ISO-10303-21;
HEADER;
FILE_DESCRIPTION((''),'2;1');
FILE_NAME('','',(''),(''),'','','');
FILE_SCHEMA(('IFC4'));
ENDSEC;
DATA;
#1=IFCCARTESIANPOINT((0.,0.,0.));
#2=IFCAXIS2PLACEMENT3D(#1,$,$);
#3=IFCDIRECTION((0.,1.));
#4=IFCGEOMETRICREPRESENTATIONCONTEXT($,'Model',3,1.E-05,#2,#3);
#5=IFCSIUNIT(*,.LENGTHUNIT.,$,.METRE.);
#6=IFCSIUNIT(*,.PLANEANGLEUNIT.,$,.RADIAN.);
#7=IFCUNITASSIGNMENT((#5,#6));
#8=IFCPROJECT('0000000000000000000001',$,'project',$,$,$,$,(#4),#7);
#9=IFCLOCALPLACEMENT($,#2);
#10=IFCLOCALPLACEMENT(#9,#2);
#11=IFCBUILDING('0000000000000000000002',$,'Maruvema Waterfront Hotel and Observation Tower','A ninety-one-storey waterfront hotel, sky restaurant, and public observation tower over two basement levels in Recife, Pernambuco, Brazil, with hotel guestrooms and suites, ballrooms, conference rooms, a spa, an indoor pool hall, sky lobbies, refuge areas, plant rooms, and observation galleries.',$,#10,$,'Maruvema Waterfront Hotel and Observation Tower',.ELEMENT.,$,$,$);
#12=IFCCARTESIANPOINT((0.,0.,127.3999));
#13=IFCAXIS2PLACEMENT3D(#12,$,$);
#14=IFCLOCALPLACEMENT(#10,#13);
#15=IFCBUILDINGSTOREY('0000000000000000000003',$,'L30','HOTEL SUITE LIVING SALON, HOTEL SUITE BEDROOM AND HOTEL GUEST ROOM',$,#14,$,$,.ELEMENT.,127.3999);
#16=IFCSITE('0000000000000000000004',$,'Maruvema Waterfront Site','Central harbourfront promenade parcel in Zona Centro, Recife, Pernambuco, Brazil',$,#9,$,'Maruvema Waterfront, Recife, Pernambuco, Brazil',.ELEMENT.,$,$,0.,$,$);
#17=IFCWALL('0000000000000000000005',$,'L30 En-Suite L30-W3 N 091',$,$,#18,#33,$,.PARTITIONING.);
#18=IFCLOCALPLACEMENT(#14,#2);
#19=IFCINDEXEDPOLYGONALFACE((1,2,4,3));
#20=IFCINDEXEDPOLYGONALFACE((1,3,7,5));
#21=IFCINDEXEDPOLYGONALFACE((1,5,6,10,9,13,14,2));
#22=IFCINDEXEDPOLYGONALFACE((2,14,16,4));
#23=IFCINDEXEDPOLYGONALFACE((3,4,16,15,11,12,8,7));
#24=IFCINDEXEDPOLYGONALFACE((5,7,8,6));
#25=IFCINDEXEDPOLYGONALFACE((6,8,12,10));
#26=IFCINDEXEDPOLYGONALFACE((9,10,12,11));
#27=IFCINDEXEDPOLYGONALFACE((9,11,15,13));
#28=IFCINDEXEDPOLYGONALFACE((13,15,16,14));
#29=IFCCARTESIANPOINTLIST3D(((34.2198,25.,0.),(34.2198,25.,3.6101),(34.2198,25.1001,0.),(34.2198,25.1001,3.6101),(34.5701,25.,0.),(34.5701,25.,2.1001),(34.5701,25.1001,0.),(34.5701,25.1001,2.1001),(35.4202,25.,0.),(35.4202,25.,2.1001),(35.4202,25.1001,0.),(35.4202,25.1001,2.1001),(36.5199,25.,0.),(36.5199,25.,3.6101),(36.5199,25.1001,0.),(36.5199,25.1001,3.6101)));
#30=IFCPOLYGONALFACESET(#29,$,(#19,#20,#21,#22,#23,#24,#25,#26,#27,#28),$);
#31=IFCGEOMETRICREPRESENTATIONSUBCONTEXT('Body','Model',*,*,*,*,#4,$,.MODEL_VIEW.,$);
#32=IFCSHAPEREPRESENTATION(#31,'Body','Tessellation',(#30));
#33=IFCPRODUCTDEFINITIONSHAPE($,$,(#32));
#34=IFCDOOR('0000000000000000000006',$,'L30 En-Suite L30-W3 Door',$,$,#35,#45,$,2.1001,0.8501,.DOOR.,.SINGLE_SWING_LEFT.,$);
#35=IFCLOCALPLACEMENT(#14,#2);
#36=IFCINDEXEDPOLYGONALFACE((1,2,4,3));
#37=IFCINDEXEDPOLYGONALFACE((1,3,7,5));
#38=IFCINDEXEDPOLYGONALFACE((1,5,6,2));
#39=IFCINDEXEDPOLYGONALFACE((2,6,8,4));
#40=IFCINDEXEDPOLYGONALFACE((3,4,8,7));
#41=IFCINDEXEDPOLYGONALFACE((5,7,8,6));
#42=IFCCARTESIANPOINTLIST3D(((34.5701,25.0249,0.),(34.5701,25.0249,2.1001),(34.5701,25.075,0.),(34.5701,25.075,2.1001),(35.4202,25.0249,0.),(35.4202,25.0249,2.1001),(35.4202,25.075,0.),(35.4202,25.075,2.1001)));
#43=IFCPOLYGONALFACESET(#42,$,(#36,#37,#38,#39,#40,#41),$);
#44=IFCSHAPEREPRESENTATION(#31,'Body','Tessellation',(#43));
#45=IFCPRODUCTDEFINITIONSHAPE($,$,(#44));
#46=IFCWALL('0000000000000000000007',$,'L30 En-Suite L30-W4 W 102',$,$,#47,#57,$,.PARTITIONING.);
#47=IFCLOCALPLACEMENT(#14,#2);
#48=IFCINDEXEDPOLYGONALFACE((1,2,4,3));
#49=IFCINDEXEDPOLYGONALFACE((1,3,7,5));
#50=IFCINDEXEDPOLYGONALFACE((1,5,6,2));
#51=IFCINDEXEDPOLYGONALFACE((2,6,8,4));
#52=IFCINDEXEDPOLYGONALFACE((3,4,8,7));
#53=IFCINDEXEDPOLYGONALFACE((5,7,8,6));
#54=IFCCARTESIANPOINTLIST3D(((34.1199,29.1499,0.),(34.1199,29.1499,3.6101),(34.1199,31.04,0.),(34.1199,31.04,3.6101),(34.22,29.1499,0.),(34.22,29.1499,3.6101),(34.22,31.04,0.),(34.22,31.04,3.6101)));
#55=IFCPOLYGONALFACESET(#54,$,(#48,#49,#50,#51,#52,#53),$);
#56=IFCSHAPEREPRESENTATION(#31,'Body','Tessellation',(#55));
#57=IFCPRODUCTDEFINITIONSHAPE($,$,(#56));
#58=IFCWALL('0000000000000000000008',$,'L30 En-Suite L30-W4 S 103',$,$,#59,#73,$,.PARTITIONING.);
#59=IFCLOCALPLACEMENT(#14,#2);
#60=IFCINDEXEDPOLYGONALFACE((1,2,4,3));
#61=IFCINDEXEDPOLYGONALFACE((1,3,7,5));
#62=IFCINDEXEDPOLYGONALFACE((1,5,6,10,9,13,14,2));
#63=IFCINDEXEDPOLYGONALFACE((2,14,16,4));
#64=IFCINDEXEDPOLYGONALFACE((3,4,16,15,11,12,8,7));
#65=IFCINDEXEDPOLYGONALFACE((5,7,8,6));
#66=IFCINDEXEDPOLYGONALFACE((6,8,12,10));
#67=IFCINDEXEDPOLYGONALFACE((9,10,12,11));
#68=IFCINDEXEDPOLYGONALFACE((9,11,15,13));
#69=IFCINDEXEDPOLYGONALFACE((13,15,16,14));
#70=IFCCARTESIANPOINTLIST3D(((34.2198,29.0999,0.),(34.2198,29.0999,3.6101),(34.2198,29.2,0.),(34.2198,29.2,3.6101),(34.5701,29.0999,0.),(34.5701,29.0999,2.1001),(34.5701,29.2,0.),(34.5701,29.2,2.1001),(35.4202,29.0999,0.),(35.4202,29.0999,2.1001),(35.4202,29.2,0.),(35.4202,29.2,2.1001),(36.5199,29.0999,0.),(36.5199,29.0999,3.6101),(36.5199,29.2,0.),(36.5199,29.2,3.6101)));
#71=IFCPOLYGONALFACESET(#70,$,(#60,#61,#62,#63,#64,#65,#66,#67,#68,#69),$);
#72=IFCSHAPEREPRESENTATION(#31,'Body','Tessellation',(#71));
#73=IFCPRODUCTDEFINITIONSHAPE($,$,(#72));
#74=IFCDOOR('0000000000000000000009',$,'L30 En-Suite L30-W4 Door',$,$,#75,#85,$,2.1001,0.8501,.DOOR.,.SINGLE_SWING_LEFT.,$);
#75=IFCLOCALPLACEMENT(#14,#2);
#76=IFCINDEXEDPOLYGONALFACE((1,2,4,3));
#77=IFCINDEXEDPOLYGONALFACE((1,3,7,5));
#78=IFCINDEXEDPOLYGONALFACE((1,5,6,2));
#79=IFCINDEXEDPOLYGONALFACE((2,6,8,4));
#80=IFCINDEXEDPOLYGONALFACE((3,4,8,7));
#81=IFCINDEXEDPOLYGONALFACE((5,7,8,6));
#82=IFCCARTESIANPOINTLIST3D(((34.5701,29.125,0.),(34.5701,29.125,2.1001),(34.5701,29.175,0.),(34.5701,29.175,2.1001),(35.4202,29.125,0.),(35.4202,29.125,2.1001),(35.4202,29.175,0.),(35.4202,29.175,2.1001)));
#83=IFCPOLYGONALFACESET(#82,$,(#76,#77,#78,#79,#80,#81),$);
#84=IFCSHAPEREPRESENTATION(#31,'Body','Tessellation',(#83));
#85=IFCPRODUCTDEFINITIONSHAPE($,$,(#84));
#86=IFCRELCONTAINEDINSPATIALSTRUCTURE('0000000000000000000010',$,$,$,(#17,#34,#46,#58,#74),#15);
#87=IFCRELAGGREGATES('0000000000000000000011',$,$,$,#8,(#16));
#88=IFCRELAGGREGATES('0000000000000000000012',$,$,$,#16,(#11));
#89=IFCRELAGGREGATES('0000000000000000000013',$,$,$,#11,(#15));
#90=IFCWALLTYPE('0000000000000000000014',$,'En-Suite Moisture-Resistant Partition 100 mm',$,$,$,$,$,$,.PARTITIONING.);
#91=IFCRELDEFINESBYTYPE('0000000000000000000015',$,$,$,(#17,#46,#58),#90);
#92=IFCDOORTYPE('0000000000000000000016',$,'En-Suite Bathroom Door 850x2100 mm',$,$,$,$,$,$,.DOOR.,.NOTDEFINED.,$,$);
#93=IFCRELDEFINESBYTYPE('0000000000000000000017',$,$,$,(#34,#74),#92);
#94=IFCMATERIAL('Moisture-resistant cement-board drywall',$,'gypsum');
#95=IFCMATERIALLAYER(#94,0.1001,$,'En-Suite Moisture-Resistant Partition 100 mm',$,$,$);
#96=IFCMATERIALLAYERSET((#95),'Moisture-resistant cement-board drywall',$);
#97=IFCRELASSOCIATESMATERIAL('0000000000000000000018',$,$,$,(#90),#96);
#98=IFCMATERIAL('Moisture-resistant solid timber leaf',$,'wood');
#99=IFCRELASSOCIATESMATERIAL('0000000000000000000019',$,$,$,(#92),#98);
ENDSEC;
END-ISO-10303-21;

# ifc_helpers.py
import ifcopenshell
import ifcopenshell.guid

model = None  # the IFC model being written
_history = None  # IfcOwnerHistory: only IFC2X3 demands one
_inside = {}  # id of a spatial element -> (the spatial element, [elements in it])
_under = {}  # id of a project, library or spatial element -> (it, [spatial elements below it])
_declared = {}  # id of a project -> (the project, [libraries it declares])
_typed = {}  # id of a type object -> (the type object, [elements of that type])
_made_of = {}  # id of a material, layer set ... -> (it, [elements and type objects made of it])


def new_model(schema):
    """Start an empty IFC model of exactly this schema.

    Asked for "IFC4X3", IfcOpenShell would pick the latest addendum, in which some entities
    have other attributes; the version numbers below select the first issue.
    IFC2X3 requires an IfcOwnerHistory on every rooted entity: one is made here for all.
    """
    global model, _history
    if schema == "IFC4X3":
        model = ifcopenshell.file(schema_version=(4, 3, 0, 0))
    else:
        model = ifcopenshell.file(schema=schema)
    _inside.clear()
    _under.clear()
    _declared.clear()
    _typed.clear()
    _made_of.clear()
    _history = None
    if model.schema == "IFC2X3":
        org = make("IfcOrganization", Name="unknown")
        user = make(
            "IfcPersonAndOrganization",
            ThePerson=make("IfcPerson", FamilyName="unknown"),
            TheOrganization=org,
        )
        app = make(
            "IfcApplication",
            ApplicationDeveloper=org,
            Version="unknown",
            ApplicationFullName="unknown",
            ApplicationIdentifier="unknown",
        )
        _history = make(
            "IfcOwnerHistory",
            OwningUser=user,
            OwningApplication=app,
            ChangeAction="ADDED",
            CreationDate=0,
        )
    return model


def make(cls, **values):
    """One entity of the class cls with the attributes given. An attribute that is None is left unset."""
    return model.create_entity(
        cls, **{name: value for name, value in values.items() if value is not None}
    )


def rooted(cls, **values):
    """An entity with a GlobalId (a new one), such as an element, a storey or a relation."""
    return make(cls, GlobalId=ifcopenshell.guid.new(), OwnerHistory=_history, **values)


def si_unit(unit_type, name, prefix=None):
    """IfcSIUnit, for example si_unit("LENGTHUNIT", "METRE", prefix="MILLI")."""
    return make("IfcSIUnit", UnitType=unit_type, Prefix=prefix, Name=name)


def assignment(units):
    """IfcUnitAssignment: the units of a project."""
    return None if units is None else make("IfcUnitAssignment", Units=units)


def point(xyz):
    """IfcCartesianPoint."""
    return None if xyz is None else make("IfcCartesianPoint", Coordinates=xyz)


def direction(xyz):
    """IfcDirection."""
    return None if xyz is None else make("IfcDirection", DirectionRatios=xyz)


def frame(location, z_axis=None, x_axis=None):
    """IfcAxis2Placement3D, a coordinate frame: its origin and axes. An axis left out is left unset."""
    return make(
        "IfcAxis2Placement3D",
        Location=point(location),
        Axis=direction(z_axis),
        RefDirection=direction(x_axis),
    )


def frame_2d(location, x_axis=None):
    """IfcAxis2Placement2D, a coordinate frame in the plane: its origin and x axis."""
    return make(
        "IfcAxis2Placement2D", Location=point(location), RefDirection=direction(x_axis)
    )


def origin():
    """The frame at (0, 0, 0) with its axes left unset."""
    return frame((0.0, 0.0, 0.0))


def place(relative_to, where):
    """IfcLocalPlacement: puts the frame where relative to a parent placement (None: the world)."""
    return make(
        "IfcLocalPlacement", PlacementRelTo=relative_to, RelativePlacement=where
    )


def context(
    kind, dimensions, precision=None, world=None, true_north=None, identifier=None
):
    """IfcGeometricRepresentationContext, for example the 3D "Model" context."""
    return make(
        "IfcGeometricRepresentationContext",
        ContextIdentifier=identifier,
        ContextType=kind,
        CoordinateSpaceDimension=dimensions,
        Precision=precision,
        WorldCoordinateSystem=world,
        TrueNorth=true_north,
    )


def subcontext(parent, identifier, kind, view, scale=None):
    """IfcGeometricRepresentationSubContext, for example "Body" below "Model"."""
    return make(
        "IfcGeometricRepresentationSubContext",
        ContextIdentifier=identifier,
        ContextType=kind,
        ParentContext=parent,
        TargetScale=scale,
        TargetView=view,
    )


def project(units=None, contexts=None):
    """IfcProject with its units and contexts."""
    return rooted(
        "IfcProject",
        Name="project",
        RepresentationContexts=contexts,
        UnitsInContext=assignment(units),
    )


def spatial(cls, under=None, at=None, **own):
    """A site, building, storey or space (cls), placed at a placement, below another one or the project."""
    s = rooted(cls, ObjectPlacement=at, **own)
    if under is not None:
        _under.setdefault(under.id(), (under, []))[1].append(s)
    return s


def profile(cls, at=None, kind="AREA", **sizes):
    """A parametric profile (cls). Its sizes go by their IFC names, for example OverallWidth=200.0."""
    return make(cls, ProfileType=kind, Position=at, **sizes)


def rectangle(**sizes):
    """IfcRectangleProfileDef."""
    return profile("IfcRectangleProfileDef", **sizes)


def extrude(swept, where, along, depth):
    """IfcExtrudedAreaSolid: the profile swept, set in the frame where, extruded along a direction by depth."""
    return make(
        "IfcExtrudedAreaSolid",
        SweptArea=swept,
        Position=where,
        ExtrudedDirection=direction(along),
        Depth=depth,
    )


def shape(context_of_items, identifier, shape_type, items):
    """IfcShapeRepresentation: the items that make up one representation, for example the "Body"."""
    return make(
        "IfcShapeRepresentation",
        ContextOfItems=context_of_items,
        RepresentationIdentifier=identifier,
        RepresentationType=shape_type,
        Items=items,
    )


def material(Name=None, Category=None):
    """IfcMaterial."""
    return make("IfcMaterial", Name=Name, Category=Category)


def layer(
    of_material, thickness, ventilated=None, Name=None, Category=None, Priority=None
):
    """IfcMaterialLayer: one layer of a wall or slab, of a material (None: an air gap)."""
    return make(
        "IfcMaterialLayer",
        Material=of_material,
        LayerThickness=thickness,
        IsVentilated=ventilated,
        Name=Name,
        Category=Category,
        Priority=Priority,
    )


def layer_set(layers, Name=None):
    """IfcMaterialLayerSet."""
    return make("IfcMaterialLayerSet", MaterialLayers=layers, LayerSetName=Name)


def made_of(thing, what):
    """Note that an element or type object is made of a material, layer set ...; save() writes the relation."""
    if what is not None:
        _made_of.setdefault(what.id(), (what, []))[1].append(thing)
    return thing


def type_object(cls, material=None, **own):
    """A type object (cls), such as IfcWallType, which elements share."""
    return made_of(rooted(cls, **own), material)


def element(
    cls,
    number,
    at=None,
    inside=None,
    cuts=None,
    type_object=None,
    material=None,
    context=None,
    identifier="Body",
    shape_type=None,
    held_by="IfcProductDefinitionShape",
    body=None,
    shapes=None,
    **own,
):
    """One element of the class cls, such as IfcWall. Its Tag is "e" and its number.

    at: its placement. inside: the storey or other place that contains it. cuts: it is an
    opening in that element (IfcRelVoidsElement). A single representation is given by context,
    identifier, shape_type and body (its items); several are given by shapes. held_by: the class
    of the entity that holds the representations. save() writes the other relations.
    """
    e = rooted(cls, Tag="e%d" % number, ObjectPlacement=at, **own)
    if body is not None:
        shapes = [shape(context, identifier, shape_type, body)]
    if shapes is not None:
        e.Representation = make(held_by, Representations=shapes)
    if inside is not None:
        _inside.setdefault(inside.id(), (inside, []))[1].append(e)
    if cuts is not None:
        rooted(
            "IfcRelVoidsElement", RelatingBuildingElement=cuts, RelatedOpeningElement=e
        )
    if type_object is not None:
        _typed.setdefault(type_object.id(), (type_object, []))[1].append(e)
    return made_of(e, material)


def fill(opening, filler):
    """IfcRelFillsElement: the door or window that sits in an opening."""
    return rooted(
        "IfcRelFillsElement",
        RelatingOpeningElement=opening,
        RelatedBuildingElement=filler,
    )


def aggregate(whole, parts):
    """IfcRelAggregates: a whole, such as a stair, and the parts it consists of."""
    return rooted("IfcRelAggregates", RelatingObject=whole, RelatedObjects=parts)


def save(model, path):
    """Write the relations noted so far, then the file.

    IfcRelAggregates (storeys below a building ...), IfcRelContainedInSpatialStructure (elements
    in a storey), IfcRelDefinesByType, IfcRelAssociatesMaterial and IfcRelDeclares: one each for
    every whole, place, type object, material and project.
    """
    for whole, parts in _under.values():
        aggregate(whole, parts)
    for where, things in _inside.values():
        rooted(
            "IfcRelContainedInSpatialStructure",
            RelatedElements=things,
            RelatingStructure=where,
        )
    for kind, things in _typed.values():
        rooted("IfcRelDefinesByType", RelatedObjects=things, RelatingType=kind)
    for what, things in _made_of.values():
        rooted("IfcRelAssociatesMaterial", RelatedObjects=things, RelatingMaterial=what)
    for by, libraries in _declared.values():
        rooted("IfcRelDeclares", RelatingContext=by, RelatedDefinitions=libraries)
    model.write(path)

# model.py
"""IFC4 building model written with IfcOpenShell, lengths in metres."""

from ifc_helpers import new_model, si_unit, direction, frame, frame_2d, origin, place, context, subcontext, project, spatial, rectangle, extrude, material, layer, layer_set, type_object, element, fill, save


model = new_model("IFC4")

# Units and contexts
model_context = context("Model", 3, precision=1e-05, world=origin(), true_north=direction((0.0, 1.0)))
body_context = subcontext(model_context, "Body", "Model", "MODEL_VIEW")
ifc_project = project(units=[si_unit("LENGTHUNIT", "METRE"), si_unit("PLANEANGLEUNIT", "RADIAN")], contexts=[model_context])

# Site, building, storey
site_placement = place(None, origin())
site = spatial("IfcSite", under=ifc_project, at=site_placement, Name="Maruvema Waterfront Site", Description="Central harbourfront promenade parcel in Zona Centro, Recife, Pernambuco, Brazil", LongName="Maruvema Waterfront, Recife, Pernambuco, Brazil", CompositionType="ELEMENT", RefElevation=0.0)
building_placement = place(site_placement, origin())
building = spatial("IfcBuilding", under=site, at=building_placement, Name="Maruvema Waterfront Hotel and Observation Tower", Description="A ninety-one-storey waterfront hotel, sky restaurant, and public observation tower over two basement levels in Recife, Pernambuco, Brazil, with hotel guestrooms and suites, ballrooms, conference rooms, a spa, an indoor pool hall, sky lobbies, refuge areas, plant rooms, and observation galleries.", LongName="Maruvema Waterfront Hotel and Observation Tower", CompositionType="ELEMENT")
storey_placement = place(building_placement, frame((0.0, 0.0, 127.3999)))
storey = spatial("IfcBuildingStorey", under=building, at=storey_placement, Name="L30", Description="HOTEL SUITE LIVING SALON, HOTEL SUITE BEDROOM AND HOTEL GUEST ROOM", CompositionType="ELEMENT", Elevation=127.3999)

# Shared definitions
ifc_material_1 = material(Name="Moisture-resistant cement-board drywall", Category="gypsum")
ifc_layer_1 = layer(ifc_material_1, 0.1001, Name="En-Suite Moisture-Resistant Partition 100 mm")
ifc_layer_set_1 = layer_set([ifc_layer_1], Name="Moisture-resistant cement-board drywall")
wall_type_1 = type_object("IfcWallType", Name="En-Suite Moisture-Resistant Partition 100 mm", PredefinedType="PARTITIONING", material=ifc_layer_set_1)

# Shared definitions
ifc_material_2 = material(Name="Moisture-resistant solid timber leaf", Category="wood")
door_type_1 = type_object("IfcDoorType", Name="En-Suite Bathroom Door 850x2100 mm", OperationType="NOTDEFINED", PredefinedType="DOOR", material=ifc_material_2)

# Wall, opening, door
wall_1_placement = place(storey_placement, frame((34.22, 25.05, 0.0), z_axis=(0.0, 0.0, 1.0), x_axis=(1.0, 0.0, 0.0)))
wall_1 = element("IfcWall", 1, at=wall_1_placement, inside=storey, type_object=wall_type_1, Name="L30 En-Suite L30-W3 N 091", PredefinedType="PARTITIONING", context=body_context, shape_type="SweptSolid", body=[
    extrude(rectangle(XDim=2.3, YDim=0.1001, at=frame_2d((1.1499, 0.0))), origin(), (0.0, 0.0, 1.0), 3.6101),
])
opening_1_placement = place(wall_1_placement, frame((0.3501, 0.0, 0.0)))
opening_1 = element("IfcOpeningElement", 2, at=opening_1_placement, cuts=wall_1, PredefinedType="OPENING", context=body_context, shape_type="SweptSolid", body=[
    extrude(rectangle(XDim=0.8501, YDim=2.1001, at=frame_2d((0.425, 1.05))), frame((0.0, 0.0601, 0.0), z_axis=(0.0, -1.0, 0.0), x_axis=(1.0, 0.0, 0.0)), (0.0, 0.0, 1.0), 0.1201),
])
door_1_placement = place(opening_1_placement, origin())
door_1 = element("IfcDoor", 3, at=door_1_placement, inside=storey, type_object=door_type_1, Name="L30 En-Suite L30-W3 Door", OperationType="SINGLE_SWING_LEFT", OverallHeight=2.1001, OverallWidth=0.8501, PredefinedType="DOOR", context=body_context, shape_type="SweptSolid", body=[
    extrude(rectangle(XDim=0.8501, YDim=2.1001, at=frame_2d((0.425, 1.05))), frame((0.0, 0.0249, 0.0), z_axis=(0.0, -1.0, 0.0), x_axis=(1.0, 0.0, 0.0)), (0.0, 0.0, 1.0), 0.05),
])
fill(opening_1, door_1)

# Wall
wall_2_placement = place(storey_placement, frame((34.1699, 29.1499, 0.0), z_axis=(0.0, 0.0, 1.0), x_axis=(0.0, 1.0, 0.0)))
element("IfcWall", 4, at=wall_2_placement, inside=storey, type_object=wall_type_1, Name="L30 En-Suite L30-W4 W 102", PredefinedType="PARTITIONING", context=body_context, shape_type="SweptSolid", body=[
    extrude(rectangle(XDim=1.8901, YDim=0.1001, at=frame_2d((0.9451, 0.0))), origin(), (0.0, 0.0, 1.0), 3.6101),
])

# Wall, opening, door
wall_3_placement = place(storey_placement, frame((34.22, 29.1499, 0.0), z_axis=(0.0, 0.0, 1.0), x_axis=(1.0, 0.0, 0.0)))
wall_3 = element("IfcWall", 5, at=wall_3_placement, inside=storey, type_object=wall_type_1, Name="L30 En-Suite L30-W4 S 103", PredefinedType="PARTITIONING", context=body_context, shape_type="SweptSolid", body=[
    extrude(rectangle(XDim=2.3, YDim=0.1001, at=frame_2d((1.1499, 0.0))), origin(), (0.0, 0.0, 1.0), 3.6101),
])
opening_2_placement = place(wall_3_placement, frame((0.3501, 0.0, 0.0)))
opening_2 = element("IfcOpeningElement", 6, at=opening_2_placement, cuts=wall_3, PredefinedType="OPENING", context=body_context, shape_type="SweptSolid", body=[
    extrude(rectangle(XDim=0.8501, YDim=2.1001, at=frame_2d((0.425, 1.05))), frame((0.0, 0.0601, 0.0), z_axis=(0.0, -1.0, 0.0), x_axis=(1.0, 0.0, 0.0)), (0.0, 0.0, 1.0), 0.1201),
])
door_2_placement = place(opening_2_placement, frame((0.8501, 0.0, 0.0), z_axis=(0.0, 0.0, 1.0), x_axis=(-1.0, 0.0, 0.0)))
door_2 = element("IfcDoor", 7, at=door_2_placement, inside=storey, type_object=door_type_1, Name="L30 En-Suite L30-W4 Door", OperationType="SINGLE_SWING_LEFT", OverallHeight=2.1001, OverallWidth=0.8501, PredefinedType="DOOR", context=body_context, shape_type="SweptSolid", body=[
    extrude(rectangle(XDim=0.8501, YDim=2.1001, at=frame_2d((0.425, 1.05))), frame((0.0, 0.0249, 0.0), z_axis=(0.0, -1.0, 0.0), x_axis=(1.0, 0.0, 0.0)), (0.0, 0.0, 1.0), 0.05),
])
fill(opening_2, door_2)

save(model, "model.ifc")
